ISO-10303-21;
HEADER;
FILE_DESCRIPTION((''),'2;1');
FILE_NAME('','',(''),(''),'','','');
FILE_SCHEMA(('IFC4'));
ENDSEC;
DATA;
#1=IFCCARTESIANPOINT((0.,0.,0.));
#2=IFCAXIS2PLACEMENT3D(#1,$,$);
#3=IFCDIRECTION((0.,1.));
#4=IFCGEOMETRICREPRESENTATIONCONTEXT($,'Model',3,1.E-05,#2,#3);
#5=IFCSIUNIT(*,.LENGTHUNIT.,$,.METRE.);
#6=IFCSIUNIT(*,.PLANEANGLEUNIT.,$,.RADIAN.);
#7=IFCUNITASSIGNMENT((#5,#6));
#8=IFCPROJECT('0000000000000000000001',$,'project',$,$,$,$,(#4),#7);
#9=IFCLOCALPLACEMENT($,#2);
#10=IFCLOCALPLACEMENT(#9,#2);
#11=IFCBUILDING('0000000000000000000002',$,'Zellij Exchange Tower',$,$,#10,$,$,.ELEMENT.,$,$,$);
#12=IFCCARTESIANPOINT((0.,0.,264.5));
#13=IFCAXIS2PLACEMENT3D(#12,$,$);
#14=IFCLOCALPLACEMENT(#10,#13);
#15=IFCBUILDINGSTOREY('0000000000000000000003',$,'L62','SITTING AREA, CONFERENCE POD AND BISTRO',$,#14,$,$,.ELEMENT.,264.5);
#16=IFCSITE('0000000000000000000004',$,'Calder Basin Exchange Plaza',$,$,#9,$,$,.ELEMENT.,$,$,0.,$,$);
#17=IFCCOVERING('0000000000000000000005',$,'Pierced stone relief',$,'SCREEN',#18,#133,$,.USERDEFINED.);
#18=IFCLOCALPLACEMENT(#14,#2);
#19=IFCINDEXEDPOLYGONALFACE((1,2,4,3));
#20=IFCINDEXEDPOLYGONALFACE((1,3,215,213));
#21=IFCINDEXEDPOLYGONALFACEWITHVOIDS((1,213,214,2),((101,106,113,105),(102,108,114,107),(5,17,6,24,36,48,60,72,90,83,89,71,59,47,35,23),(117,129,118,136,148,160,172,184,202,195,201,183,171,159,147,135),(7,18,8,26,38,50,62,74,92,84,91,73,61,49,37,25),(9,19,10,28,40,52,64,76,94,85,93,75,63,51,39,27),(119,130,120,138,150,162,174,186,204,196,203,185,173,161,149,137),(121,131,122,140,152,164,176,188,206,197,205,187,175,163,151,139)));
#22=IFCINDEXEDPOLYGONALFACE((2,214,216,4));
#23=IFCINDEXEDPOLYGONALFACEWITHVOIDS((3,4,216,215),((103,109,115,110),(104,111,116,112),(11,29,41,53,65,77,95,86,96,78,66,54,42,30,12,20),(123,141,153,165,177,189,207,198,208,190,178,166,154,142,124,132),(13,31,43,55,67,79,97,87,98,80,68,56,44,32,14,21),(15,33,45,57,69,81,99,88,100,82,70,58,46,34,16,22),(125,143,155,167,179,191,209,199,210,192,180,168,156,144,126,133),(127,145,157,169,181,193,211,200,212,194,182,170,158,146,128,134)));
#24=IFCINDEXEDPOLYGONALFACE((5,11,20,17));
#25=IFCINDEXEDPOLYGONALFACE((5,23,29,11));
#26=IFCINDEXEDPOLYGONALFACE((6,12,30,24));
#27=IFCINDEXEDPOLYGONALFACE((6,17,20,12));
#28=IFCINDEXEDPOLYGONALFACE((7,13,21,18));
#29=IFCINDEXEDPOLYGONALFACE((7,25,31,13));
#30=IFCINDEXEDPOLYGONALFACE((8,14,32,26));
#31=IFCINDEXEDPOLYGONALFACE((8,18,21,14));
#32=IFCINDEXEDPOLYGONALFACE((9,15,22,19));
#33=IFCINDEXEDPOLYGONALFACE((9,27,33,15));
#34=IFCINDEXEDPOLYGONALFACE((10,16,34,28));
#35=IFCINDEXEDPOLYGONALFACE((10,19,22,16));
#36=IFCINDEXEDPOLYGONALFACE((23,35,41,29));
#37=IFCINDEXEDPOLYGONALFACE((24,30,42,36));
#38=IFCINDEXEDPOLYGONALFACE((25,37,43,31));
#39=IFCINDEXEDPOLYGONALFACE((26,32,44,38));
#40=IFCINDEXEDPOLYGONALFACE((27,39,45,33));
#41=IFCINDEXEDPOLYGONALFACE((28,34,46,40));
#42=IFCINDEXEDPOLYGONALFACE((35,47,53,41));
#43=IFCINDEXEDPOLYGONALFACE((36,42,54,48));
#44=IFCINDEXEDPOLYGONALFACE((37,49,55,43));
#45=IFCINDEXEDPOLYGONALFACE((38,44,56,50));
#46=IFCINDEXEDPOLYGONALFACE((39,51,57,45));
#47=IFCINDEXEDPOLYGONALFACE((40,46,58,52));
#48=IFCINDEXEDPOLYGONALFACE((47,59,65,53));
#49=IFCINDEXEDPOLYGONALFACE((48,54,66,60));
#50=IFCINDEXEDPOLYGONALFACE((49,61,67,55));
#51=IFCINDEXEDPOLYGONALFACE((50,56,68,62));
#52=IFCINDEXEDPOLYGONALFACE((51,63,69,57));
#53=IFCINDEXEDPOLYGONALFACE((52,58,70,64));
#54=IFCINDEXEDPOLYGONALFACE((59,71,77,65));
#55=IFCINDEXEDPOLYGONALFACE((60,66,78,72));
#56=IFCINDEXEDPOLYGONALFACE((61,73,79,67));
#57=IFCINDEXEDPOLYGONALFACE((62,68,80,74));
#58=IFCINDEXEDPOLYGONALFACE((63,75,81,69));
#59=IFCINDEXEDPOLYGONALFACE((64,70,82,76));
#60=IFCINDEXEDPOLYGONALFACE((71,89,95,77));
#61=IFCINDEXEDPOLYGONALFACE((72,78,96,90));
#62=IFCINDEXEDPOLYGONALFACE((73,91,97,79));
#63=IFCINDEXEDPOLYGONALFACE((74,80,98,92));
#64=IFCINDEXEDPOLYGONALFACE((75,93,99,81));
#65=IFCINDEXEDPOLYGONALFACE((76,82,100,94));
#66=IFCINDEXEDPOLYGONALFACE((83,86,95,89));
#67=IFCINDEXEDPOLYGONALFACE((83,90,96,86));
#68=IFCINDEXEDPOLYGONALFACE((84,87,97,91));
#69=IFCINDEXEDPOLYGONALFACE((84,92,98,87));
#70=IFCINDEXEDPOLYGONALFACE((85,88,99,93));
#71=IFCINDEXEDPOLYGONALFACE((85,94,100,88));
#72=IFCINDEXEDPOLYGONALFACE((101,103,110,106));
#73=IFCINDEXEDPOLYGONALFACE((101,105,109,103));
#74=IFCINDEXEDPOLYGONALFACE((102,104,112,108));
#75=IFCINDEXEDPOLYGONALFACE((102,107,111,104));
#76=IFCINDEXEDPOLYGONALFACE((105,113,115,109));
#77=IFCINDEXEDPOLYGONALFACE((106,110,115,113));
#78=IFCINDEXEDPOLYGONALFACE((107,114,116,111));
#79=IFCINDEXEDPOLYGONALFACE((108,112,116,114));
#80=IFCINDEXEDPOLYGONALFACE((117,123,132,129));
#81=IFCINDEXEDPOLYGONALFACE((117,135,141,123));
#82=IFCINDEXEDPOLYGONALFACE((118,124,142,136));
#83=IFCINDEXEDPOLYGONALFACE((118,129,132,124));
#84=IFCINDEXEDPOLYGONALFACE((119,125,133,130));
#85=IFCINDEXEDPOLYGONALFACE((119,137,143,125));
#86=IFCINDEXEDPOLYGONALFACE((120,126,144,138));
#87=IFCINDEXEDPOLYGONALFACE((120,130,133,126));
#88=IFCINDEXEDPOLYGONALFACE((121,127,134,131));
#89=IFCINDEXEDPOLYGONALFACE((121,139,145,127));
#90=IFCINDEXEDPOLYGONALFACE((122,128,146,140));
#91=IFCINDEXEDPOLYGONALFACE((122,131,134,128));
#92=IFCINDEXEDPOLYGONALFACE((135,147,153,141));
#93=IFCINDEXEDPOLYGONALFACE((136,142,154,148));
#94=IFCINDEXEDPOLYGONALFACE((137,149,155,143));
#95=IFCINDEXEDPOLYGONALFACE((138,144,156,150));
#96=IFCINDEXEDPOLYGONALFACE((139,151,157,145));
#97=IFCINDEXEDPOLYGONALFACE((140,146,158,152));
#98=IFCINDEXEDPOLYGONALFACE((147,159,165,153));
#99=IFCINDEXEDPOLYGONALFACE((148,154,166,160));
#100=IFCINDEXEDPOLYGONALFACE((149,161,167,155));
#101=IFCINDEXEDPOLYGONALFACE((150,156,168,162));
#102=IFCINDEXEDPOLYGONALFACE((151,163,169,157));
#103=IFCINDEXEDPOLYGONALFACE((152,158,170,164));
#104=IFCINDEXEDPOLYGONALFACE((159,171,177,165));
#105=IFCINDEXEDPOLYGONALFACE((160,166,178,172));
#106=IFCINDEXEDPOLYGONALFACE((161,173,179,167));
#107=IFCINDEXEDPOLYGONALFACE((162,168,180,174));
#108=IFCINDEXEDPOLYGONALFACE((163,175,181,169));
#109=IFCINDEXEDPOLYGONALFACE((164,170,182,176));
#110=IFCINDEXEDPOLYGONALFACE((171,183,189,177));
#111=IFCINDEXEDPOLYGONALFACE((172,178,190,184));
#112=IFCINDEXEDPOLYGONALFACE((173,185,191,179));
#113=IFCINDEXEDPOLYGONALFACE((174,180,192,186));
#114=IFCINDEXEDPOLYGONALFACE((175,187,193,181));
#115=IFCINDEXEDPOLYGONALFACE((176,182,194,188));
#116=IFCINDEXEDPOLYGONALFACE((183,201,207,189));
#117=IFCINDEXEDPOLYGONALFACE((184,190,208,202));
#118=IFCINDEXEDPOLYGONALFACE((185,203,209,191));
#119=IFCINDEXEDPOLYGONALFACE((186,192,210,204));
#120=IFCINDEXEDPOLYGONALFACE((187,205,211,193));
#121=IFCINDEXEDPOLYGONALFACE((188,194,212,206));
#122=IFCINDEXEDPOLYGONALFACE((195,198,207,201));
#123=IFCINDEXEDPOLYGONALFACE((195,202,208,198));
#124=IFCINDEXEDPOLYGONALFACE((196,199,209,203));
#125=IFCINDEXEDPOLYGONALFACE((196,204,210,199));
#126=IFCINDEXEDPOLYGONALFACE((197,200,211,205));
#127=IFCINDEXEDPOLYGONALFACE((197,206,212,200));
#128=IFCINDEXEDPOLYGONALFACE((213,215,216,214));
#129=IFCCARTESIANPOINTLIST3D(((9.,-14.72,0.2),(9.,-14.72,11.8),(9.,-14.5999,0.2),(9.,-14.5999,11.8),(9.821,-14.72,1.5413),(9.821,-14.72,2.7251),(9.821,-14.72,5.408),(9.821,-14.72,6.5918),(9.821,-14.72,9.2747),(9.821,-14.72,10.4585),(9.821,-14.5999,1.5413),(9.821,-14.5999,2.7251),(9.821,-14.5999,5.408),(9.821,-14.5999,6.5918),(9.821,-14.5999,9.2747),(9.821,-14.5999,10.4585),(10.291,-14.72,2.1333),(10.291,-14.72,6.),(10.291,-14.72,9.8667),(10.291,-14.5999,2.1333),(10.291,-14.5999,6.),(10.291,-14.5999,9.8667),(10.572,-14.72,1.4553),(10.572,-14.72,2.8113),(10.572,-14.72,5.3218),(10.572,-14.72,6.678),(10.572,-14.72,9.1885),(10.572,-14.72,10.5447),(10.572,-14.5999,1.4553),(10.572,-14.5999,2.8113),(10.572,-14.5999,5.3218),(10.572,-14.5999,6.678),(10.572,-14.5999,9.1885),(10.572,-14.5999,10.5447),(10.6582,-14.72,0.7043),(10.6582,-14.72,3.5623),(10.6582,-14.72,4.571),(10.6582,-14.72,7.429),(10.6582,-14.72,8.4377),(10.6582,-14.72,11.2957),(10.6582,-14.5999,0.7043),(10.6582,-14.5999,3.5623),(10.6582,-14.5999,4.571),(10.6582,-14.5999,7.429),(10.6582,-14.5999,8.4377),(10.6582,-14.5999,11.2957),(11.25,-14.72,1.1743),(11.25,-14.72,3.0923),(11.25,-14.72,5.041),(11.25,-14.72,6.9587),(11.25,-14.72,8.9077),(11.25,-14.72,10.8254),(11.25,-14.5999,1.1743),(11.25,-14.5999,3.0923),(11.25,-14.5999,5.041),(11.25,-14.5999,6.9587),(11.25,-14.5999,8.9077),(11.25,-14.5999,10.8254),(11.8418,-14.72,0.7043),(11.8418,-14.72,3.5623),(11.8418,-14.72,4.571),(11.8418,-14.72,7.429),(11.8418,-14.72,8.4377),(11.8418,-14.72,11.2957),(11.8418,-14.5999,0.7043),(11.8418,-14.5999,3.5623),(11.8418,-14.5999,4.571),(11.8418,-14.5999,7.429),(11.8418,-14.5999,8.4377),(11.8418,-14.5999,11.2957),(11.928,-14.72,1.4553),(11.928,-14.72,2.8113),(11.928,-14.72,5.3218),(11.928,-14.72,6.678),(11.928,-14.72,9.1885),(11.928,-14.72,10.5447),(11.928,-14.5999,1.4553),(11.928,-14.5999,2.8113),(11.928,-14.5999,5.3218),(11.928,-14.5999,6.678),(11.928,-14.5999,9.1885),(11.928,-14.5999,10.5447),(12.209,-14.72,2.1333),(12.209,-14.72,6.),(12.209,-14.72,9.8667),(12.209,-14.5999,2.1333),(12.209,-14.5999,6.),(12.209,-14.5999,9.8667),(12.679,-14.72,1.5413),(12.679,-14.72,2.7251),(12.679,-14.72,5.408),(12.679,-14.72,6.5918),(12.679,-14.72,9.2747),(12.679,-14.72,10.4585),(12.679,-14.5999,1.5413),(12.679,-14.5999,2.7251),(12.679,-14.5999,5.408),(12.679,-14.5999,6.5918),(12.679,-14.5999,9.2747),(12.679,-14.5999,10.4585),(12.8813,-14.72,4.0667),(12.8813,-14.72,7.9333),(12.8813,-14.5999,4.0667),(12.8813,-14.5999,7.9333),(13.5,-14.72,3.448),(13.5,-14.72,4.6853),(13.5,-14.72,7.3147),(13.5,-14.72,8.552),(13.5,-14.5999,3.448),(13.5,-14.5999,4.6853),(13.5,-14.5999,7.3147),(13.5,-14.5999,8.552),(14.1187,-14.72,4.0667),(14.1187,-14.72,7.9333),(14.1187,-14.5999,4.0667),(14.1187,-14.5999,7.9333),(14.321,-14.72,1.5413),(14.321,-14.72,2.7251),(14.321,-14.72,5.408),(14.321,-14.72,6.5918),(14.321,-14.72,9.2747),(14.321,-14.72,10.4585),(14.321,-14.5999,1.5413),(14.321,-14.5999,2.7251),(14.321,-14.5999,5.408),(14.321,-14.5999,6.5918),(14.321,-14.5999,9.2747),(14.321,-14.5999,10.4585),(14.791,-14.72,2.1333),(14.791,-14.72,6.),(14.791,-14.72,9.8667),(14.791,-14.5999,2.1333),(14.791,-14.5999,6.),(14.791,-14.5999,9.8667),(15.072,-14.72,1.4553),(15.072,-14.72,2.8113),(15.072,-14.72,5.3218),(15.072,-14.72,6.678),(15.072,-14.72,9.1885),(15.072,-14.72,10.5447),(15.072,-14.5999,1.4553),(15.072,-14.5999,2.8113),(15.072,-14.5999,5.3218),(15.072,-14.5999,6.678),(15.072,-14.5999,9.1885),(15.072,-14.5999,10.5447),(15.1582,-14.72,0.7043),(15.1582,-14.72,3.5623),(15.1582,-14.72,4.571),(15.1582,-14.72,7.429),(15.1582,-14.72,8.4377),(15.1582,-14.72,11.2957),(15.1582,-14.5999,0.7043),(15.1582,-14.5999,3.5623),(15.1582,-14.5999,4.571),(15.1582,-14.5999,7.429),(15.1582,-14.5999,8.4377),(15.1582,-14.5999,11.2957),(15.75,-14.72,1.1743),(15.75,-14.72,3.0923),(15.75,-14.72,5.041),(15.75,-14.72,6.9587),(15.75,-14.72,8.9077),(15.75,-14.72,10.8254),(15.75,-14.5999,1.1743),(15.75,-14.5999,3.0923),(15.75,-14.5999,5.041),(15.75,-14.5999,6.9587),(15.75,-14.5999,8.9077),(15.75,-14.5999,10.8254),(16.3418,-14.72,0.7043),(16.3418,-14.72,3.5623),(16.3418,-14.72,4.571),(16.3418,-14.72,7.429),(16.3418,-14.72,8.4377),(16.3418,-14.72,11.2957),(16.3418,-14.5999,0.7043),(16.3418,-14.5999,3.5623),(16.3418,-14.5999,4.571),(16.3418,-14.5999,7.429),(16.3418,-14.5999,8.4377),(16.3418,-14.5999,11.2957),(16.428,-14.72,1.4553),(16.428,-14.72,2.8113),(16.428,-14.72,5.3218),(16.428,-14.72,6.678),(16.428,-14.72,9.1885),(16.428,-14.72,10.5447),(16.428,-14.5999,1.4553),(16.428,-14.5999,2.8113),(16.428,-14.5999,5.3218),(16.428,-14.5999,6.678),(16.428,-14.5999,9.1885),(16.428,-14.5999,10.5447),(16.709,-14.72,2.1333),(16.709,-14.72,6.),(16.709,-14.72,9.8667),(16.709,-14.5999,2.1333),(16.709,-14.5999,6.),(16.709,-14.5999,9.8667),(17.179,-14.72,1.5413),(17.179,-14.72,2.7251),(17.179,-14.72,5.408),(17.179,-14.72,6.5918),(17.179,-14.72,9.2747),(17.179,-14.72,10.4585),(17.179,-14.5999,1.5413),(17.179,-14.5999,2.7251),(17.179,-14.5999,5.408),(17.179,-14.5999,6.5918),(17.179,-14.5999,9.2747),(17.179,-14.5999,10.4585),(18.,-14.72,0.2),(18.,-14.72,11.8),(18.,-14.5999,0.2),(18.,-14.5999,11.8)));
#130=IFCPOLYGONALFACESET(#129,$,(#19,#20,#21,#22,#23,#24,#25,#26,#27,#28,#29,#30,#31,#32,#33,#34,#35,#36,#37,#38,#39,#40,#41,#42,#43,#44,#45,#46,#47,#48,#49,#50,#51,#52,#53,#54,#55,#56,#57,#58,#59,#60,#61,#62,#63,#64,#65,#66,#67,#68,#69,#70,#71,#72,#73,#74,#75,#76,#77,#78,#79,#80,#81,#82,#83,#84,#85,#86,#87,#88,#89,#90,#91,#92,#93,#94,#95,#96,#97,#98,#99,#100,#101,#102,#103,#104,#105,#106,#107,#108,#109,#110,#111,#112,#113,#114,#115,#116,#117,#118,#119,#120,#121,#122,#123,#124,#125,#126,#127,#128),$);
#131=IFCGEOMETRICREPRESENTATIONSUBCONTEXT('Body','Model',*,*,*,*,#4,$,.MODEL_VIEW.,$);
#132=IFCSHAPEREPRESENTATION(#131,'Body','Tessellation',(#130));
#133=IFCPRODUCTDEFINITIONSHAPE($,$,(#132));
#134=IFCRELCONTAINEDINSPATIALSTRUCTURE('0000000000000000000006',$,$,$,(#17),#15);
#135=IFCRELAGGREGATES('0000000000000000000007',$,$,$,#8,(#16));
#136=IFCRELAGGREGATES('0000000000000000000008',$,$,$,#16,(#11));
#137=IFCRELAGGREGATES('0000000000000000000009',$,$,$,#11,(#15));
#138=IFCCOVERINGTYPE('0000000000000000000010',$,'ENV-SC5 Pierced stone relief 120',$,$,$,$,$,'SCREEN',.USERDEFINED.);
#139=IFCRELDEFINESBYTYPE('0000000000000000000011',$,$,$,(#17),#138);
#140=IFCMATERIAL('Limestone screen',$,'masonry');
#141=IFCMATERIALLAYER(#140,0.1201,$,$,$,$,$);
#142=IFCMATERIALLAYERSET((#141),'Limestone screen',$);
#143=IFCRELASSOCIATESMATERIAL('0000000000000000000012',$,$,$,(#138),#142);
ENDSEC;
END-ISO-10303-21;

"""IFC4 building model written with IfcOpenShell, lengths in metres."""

from ifc_helpers import new_model, si_unit, direction, frame, origin, place, context, subcontext, project, spatial, polyline, outline, extrude, material, layer, layer_set, type_object, element, save


model = new_model("IFC4")

# Units and contexts
model_context = context("Model", 3, precision=1e-05, world=origin(), true_north=direction((0.0, 1.0)))
body_context = subcontext(model_context, "Body", "Model", "MODEL_VIEW")
ifc_project = project(units=[si_unit("LENGTHUNIT", "METRE"), si_unit("PLANEANGLEUNIT", "RADIAN")], contexts=[model_context])

# Site, building, storey
site_placement = place(None, origin())
site = spatial("IfcSite", under=ifc_project, at=site_placement, Name="Calder Basin Exchange Plaza", CompositionType="ELEMENT", RefElevation=0.0)
building_placement = place(site_placement, origin())
building = spatial("IfcBuilding", under=site, at=building_placement, Name="Zellij Exchange Tower", CompositionType="ELEMENT")
storey_placement = place(building_placement, frame((0.0, 0.0, 264.5)))
storey = spatial("IfcBuildingStorey", under=building, at=storey_placement, Name="L62", Description="SITTING AREA, CONFERENCE POD AND BISTRO", CompositionType="ELEMENT", Elevation=264.5)

# Covering
ifc_material_1 = material(Name="Limestone screen", Category="masonry")
ifc_layer_1 = layer(ifc_material_1, 0.1201)
ifc_layer_set_1 = layer_set([ifc_layer_1], Name="Limestone screen")
covering_type = type_object("IfcCoveringType", Name="ENV-SC5 Pierced stone relief 120", ElementType="SCREEN", PredefinedType="USERDEFINED", material=ifc_layer_set_1)
covering_1_placement = place(storey_placement, frame((9.0, -14.6599, 0.2), z_axis=(0.0, 0.0, 1.0), x_axis=(1.0, 0.0, 0.0)))
element("IfcCovering", 1, at=covering_1_placement, inside=storey, type_object=covering_type, Name="Pierced stone relief", ObjectType="SCREEN", PredefinedType="USERDEFINED", context=body_context, shape_type="SweptSolid", body=[
    extrude(outline(polyline([(0.0, 0.0), (9.0, 0.0), (9.0, 11.6001), (0.0, 11.6001), (0.0, 0.0)]), holes=[polyline([(3.679, 2.5251), (2.928, 2.6113), (2.8418, 3.3623), (2.25, 2.8923), (1.6582, 3.3623), (1.572, 2.6113), (0.821, 2.5251), (1.291, 1.9333), (0.821, 1.3413), (1.572, 1.2554), (1.6582, 0.5044), (2.25, 0.9744), (2.8418, 0.5044), (2.928, 1.2554), (3.679, 1.3413), (3.209, 1.9333), (3.679, 2.5251)]), polyline([(3.679, 6.3918), (2.928, 6.478), (2.8418, 7.229), (2.25, 6.7588), (1.6582, 7.229), (1.572, 6.478), (0.821, 6.3918), (1.291, 5.8), (0.821, 5.208), (1.572, 5.1218), (1.6582, 4.3711), (2.25, 4.8411), (2.8418, 4.3711), (2.928, 5.1218), (3.679, 5.208), (3.209, 5.8), (3.679, 6.3918)]), polyline([(3.679, 10.2585), (2.928, 10.3447), (2.8418, 11.0957), (2.25, 10.6255), (1.6582, 11.0957), (1.572, 10.3447), (0.821, 10.2585), (1.291, 9.6667), (0.821, 9.0747), (1.572, 8.9885), (1.6582, 8.2378), (2.25, 8.7078), (2.8418, 8.2378), (2.928, 8.9885), (3.679, 9.0747), (3.209, 9.6667), (3.679, 10.2585)]), polyline([(8.179, 2.5251), (7.428, 2.6113), (7.3418, 3.3623), (6.75, 2.8923), (6.1582, 3.3623), (6.072, 2.6113), (5.321, 2.5251), (5.791, 1.9333), (5.321, 1.3413), (6.072, 1.2554), (6.1582, 0.5044), (6.75, 0.9744), (7.3418, 0.5044), (7.428, 1.2554), (8.179, 1.3413), (7.709, 1.9333), (8.179, 2.5251)]), polyline([(8.179, 6.3918), (7.428, 6.478), (7.3418, 7.229), (6.75, 6.7588), (6.1582, 7.229), (6.072, 6.478), (5.321, 6.3918), (5.791, 5.8), (5.321, 5.208), (6.072, 5.1218), (6.1582, 4.3711), (6.75, 4.8411), (7.3418, 4.3711), (7.428, 5.1218), (8.179, 5.208), (7.709, 5.8), (8.179, 6.3918)]), polyline([(8.179, 10.2585), (7.428, 10.3447), (7.3418, 11.0957), (6.75, 10.6255), (6.1582, 11.0957), (6.072, 10.3447), (5.321, 10.2585), (5.791, 9.6667), (5.321, 9.0747), (6.072, 8.9885), (6.1582, 8.2378), (6.75, 8.7078), (7.3418, 8.2378), (7.428, 8.9885), (8.179, 9.0747), (7.709, 9.6667), (8.179, 10.2585)]), polyline([(5.1187, 3.8667), (4.5, 4.4854), (3.8813, 3.8667), (4.5, 3.248), (5.1187, 3.8667)]), polyline([(5.1187, 7.7334), (4.5, 8.3521), (3.8813, 7.7334), (4.5, 7.1147), (5.1187, 7.7334)])]), frame((0.0, 0.0601, 0.0), z_axis=(0.0, -1.0, 0.0), x_axis=(1.0, 0.0, 0.0)), (0.0, 0.0, 1.0), 0.1201),
])

save(model, "model.ifc")
